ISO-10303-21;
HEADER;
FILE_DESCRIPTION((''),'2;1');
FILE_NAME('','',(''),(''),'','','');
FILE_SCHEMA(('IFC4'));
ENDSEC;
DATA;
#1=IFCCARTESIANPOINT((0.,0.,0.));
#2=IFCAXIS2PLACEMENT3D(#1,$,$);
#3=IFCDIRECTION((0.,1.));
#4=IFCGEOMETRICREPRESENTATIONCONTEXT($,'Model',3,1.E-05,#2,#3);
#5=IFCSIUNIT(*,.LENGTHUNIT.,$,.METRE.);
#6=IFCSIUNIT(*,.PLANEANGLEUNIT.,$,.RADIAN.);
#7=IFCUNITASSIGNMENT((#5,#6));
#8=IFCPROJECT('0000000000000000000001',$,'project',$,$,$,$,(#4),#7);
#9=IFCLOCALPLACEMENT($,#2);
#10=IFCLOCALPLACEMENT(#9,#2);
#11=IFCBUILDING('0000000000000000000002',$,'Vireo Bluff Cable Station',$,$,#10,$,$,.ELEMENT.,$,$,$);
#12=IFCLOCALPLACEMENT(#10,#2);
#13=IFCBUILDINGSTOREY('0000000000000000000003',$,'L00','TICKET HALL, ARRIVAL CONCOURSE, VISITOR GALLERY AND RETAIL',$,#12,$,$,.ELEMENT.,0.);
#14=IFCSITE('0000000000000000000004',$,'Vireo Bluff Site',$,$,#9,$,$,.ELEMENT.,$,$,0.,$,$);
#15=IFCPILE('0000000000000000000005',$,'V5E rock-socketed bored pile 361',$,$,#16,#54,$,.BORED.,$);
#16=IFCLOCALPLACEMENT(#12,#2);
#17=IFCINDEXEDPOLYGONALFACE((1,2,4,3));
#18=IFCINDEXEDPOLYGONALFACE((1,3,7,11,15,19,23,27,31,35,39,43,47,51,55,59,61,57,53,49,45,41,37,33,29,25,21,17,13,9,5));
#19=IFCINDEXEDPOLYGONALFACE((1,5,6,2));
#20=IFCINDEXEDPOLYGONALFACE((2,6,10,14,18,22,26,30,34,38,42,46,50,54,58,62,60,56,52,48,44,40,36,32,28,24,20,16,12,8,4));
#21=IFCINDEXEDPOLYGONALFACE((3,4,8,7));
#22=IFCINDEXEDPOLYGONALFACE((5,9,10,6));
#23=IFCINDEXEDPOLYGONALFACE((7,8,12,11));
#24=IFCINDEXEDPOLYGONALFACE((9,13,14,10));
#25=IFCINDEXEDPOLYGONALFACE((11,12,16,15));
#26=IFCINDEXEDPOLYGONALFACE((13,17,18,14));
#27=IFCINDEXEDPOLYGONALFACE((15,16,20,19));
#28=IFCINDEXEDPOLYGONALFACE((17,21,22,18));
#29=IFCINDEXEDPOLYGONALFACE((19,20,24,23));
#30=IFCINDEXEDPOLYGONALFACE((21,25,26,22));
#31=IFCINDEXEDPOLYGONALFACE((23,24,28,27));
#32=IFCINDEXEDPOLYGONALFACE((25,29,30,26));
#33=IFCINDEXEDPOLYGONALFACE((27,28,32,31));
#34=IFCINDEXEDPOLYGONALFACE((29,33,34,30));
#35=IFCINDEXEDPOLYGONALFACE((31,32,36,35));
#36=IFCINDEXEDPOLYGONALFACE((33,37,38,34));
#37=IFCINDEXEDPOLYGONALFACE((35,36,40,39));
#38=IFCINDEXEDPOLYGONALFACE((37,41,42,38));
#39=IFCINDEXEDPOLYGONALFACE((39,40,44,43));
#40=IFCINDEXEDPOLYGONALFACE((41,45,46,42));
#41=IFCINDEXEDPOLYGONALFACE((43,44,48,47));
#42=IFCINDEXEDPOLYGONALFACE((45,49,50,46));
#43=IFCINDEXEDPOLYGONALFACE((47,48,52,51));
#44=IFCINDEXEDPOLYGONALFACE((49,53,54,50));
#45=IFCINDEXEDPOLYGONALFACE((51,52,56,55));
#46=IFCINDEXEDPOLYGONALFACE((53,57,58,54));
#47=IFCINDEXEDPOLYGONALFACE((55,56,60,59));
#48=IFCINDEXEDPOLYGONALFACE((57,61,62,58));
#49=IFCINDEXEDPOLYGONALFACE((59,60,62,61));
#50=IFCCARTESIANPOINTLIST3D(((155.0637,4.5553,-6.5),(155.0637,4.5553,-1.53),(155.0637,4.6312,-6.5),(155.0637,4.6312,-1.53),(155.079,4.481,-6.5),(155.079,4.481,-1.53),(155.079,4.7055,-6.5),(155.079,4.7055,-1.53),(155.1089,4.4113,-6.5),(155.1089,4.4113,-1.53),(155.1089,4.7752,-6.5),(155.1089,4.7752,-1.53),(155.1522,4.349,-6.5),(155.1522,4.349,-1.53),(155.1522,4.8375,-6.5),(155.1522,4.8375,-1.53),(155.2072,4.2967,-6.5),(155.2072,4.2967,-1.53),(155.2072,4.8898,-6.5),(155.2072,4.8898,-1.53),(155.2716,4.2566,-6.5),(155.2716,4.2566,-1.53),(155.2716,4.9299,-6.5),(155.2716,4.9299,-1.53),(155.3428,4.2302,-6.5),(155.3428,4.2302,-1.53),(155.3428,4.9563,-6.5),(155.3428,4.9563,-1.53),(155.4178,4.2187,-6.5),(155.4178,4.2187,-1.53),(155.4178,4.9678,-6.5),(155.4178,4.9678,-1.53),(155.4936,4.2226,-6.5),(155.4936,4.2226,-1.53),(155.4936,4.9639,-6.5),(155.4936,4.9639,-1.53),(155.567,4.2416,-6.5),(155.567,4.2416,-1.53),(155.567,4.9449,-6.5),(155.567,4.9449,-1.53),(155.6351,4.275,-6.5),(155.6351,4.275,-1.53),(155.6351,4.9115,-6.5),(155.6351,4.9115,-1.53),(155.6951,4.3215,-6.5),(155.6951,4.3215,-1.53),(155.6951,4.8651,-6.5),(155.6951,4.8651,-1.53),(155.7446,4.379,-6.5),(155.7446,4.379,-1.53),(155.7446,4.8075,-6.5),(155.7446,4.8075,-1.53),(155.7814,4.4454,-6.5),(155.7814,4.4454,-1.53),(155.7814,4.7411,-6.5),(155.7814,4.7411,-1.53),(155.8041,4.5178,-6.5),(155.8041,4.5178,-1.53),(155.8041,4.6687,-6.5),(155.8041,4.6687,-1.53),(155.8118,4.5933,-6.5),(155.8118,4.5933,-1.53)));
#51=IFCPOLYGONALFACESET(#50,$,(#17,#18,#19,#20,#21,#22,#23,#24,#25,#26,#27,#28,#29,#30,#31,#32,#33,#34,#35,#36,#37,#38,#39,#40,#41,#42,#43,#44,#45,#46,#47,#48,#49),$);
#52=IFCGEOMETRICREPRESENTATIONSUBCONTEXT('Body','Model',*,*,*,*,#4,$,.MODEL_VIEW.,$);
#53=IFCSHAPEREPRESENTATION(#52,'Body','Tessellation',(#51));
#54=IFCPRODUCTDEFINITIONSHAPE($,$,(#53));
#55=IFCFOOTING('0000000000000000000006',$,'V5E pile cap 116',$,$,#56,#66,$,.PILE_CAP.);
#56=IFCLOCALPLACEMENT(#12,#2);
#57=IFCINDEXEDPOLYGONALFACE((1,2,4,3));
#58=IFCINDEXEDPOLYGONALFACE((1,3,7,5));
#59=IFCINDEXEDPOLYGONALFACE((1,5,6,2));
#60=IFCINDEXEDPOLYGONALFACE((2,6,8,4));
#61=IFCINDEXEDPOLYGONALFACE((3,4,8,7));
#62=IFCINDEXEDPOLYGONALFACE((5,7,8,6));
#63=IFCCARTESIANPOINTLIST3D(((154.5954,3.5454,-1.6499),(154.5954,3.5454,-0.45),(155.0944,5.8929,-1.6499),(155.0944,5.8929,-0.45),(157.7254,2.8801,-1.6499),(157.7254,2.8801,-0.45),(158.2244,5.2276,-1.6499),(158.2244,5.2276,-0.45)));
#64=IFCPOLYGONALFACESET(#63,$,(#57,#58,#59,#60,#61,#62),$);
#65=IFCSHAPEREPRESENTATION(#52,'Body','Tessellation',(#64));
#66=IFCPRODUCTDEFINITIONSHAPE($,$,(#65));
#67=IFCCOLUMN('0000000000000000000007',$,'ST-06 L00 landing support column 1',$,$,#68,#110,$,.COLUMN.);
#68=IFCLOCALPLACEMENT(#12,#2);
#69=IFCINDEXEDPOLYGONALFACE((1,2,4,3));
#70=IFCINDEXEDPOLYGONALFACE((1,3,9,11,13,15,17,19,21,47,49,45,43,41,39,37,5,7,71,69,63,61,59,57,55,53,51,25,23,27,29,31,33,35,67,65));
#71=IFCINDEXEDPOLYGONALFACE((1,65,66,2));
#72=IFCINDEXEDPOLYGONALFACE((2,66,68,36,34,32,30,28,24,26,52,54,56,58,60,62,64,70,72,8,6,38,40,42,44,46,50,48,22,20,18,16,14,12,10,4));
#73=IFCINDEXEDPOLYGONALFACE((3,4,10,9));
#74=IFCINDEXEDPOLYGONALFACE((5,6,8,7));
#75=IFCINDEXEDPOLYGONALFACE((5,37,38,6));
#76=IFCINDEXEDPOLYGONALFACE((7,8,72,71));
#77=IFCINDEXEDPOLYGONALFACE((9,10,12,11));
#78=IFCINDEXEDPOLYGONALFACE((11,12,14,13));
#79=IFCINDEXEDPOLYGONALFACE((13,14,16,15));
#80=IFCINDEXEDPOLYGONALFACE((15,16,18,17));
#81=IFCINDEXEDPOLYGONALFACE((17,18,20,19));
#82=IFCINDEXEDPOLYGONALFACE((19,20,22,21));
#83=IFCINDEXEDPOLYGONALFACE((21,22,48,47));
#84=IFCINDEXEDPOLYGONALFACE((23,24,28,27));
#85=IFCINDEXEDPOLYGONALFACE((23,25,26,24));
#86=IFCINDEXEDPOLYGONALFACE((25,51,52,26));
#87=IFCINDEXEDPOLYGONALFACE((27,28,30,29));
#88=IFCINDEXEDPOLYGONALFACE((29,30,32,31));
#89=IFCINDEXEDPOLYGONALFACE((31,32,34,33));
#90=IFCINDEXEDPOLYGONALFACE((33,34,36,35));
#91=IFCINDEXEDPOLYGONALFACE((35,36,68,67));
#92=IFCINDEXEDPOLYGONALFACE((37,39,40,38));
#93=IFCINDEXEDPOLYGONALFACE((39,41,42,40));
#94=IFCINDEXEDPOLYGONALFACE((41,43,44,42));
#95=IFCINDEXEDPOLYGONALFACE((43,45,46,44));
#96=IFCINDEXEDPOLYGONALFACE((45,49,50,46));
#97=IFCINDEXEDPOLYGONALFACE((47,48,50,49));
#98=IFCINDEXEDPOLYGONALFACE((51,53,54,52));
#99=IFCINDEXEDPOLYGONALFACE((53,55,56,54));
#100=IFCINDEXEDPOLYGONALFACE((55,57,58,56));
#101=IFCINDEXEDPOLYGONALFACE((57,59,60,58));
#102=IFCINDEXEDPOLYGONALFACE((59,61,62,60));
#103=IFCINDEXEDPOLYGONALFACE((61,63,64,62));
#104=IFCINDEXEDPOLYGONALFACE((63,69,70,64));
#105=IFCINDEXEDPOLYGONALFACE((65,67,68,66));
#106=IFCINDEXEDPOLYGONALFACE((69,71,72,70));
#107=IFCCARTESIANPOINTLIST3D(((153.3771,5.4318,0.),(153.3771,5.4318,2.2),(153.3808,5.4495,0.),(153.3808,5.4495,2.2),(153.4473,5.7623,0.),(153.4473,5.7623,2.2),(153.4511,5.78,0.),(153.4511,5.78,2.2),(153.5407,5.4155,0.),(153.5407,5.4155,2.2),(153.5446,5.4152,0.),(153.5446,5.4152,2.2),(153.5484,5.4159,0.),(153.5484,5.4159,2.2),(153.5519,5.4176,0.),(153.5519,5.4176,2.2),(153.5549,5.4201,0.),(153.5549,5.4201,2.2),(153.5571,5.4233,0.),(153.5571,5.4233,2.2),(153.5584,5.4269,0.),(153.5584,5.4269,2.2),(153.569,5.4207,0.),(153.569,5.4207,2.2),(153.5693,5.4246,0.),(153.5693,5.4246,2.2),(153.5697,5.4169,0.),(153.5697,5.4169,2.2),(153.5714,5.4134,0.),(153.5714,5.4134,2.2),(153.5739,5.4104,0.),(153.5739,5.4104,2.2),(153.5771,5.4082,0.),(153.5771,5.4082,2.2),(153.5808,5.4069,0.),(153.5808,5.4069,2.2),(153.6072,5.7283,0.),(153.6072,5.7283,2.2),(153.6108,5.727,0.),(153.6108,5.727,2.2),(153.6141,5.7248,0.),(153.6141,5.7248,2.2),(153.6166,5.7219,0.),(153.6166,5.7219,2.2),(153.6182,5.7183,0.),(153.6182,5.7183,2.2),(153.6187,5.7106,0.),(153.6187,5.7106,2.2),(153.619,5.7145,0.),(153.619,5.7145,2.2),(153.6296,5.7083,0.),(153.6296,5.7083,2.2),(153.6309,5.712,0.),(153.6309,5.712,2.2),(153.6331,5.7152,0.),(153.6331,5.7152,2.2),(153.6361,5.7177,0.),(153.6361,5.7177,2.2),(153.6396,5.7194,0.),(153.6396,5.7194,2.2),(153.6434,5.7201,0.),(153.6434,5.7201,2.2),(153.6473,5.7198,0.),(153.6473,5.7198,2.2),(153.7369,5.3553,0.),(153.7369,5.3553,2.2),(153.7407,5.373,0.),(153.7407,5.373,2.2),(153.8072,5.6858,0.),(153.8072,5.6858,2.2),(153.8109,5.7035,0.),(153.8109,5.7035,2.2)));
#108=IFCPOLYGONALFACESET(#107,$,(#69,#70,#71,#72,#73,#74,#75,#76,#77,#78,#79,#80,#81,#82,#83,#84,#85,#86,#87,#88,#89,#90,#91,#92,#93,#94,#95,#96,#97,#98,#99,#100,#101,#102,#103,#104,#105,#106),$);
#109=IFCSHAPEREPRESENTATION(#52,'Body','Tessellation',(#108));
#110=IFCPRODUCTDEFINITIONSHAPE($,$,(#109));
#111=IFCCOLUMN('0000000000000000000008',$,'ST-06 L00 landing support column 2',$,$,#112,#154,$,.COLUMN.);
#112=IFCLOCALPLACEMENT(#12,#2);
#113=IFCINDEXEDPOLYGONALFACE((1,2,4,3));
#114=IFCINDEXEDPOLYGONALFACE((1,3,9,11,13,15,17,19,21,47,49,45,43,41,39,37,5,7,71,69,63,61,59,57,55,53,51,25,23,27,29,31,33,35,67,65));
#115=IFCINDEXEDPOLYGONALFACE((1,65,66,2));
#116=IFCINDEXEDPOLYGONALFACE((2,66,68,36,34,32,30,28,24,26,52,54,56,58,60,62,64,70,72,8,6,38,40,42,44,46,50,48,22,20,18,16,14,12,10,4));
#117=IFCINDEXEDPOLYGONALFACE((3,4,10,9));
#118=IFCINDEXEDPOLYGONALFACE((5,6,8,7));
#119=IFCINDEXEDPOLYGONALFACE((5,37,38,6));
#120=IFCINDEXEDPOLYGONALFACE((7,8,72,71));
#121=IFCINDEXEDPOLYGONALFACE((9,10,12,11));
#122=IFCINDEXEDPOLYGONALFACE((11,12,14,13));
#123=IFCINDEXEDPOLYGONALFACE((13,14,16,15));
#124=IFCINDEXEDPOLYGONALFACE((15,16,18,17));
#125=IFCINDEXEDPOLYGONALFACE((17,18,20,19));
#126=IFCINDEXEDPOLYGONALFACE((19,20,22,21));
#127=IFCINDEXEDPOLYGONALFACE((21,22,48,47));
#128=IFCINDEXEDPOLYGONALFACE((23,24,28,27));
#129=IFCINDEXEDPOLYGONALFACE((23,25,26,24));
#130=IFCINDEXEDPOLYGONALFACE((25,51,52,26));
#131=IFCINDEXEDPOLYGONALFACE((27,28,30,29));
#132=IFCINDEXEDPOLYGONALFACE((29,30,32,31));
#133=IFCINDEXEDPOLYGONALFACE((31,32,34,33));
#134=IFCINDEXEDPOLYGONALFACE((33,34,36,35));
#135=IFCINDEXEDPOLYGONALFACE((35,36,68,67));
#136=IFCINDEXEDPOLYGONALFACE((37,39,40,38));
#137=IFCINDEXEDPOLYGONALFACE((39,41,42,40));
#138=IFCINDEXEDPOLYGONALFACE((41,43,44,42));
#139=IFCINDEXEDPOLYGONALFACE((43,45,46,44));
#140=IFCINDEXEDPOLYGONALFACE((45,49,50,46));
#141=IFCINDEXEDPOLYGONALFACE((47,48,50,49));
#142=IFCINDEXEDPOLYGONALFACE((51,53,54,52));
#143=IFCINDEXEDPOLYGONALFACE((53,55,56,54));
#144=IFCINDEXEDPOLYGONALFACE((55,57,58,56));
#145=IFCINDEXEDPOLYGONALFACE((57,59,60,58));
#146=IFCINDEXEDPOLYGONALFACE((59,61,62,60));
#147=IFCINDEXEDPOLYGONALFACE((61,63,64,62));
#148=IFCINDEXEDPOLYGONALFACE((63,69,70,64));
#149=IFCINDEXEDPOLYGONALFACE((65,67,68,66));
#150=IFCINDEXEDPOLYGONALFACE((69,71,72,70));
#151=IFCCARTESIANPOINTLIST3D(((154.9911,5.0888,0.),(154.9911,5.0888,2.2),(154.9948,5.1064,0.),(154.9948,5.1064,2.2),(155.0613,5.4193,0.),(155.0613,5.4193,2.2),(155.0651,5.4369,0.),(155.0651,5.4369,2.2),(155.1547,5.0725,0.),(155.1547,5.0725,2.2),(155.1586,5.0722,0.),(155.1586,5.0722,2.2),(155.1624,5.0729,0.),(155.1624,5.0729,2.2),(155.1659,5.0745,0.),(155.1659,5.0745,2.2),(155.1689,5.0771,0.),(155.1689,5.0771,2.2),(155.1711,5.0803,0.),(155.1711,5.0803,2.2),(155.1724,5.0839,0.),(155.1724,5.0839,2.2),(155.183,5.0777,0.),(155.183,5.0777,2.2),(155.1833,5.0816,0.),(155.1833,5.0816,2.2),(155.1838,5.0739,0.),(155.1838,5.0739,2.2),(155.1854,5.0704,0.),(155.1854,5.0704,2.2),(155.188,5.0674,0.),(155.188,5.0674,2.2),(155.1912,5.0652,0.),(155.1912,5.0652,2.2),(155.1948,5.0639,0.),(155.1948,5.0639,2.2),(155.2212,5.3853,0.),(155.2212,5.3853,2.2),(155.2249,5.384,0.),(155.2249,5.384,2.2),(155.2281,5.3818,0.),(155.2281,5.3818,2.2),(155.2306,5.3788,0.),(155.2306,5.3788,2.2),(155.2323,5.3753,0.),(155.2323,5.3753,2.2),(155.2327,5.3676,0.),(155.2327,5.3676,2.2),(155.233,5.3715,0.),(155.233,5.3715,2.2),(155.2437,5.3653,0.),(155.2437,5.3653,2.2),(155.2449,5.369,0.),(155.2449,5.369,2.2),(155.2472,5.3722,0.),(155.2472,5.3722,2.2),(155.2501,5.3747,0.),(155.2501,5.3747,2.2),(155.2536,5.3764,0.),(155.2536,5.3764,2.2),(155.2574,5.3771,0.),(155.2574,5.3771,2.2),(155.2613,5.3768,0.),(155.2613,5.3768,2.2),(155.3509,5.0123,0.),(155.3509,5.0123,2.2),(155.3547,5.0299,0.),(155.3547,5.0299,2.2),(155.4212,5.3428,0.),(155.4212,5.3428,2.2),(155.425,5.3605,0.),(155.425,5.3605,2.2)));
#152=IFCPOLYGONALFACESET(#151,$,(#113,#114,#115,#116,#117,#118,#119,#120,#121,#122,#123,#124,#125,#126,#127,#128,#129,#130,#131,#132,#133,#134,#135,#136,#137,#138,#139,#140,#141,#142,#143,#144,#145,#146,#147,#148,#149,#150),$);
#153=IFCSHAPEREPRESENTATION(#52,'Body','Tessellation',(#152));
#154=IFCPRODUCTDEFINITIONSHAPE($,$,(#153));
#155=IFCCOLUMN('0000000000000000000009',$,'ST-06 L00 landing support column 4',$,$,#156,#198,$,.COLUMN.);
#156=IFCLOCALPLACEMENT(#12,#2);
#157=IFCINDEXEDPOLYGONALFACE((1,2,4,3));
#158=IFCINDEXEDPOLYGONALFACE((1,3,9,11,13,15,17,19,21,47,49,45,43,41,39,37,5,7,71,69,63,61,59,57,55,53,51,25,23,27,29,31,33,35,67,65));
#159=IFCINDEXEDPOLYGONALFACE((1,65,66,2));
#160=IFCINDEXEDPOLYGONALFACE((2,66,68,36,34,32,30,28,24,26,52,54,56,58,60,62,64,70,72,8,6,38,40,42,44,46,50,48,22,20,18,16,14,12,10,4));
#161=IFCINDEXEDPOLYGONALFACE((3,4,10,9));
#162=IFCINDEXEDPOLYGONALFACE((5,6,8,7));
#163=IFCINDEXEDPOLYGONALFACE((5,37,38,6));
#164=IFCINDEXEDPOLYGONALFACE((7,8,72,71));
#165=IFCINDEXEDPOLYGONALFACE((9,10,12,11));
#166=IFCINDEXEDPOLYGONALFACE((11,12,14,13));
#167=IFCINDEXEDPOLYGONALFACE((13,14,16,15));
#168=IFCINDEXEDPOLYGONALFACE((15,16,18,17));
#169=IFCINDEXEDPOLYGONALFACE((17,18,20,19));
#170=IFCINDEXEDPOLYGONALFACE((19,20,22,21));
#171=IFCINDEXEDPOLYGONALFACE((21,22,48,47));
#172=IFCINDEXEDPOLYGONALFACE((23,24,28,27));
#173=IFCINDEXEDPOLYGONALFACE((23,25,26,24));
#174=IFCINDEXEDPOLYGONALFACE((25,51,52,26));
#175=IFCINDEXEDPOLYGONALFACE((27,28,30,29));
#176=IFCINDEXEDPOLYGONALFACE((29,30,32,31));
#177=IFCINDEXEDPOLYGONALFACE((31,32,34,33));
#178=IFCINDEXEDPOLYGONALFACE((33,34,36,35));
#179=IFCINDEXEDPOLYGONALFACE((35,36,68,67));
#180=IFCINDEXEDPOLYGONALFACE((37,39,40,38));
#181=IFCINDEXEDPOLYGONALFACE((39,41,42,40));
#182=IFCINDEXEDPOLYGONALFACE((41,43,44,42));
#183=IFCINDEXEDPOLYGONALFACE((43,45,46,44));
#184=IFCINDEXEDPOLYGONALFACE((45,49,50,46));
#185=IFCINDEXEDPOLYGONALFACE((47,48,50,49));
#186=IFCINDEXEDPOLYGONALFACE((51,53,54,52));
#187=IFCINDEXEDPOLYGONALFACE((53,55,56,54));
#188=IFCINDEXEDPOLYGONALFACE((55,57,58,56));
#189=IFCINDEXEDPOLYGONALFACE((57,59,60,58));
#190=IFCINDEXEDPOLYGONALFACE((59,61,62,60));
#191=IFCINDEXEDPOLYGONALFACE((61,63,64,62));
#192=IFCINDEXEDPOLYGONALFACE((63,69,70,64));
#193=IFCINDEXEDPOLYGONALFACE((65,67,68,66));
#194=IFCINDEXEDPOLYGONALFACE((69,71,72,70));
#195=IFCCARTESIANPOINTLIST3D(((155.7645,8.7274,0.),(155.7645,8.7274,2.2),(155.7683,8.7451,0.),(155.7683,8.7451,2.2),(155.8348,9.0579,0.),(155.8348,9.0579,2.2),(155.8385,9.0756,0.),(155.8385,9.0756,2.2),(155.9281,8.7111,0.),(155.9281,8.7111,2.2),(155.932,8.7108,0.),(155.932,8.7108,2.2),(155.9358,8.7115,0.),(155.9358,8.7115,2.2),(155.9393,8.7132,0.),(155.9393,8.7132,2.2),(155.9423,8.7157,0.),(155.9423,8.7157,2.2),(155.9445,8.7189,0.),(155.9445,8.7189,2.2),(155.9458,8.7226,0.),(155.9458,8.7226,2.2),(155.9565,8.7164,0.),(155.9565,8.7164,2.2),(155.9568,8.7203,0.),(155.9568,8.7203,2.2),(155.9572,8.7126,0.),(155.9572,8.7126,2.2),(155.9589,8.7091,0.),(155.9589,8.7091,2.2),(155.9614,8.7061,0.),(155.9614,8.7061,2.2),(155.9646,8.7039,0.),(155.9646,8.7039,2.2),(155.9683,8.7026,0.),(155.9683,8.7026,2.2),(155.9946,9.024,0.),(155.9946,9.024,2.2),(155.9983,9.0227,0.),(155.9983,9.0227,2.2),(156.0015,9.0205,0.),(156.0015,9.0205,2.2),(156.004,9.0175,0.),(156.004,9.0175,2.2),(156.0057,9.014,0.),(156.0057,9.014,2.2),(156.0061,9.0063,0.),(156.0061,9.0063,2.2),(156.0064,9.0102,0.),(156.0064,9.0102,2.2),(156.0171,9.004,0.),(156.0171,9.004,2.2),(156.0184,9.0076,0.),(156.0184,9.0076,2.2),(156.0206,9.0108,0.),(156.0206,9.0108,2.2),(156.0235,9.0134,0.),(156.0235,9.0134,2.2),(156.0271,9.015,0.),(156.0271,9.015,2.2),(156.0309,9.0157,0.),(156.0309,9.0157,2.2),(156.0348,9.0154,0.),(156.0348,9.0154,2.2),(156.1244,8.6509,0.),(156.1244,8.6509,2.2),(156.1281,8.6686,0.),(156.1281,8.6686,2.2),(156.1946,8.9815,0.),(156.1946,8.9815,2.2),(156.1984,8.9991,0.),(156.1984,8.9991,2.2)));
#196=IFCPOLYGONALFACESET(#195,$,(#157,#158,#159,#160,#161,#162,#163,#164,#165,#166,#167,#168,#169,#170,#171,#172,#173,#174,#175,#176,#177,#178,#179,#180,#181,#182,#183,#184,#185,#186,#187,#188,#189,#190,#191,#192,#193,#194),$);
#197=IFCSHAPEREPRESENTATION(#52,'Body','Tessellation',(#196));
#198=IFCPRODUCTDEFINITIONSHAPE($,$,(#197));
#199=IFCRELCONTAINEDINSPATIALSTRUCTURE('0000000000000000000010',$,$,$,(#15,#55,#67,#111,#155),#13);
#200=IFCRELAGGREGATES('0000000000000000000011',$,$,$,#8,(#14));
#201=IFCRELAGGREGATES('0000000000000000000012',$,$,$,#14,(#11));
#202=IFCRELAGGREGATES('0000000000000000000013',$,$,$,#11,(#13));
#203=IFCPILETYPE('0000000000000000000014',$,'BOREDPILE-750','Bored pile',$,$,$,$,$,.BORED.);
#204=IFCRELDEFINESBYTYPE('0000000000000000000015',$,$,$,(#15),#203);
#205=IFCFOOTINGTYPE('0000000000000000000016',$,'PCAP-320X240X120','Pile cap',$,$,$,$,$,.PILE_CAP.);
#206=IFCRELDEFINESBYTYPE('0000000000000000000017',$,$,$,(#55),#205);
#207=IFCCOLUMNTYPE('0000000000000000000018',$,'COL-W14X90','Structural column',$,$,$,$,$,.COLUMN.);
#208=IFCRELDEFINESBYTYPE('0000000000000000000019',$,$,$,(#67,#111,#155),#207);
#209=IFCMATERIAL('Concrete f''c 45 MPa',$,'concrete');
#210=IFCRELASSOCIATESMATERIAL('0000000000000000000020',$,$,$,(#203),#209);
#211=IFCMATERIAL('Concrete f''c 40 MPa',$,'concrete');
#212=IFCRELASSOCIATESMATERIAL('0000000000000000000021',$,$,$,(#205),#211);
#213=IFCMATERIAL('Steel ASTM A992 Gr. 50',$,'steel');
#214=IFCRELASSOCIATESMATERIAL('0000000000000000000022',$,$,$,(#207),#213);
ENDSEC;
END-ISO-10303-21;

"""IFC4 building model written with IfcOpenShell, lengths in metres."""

from ifc_helpers import new_model, si_unit, direction, frame, origin, origin_2d, place, context, subcontext, project, spatial, rectangle, circle, i_section, extrude, material, material_profile, profile_set, type_object, element, save


model = new_model("IFC4")

# Units and contexts
model_context = context("Model", 3, precision=1e-05, world=origin(), true_north=direction((0.0, 1.0)))
body_context = subcontext(model_context, "Body", "Model", "MODEL_VIEW")
ifc_project = project(units=[si_unit("LENGTHUNIT", "METRE"), si_unit("PLANEANGLEUNIT", "RADIAN")], contexts=[model_context])

# Site, building, storey
site_placement = place(None, origin())
site = spatial("IfcSite", under=ifc_project, at=site_placement, Name="Vireo Bluff Site", CompositionType="ELEMENT", RefElevation=0.0)
building_placement = place(site_placement, origin())
building = spatial("IfcBuilding", under=site, at=building_placement, Name="Vireo Bluff Cable Station", CompositionType="ELEMENT")
storey_placement = place(building_placement, origin())
storey = spatial("IfcBuildingStorey", under=building, at=storey_placement, Name="L00", Description="TICKET HALL, ARRIVAL CONCOURSE, VISITOR GALLERY AND RETAIL", CompositionType="ELEMENT", Elevation=0.0)

# Pile
ifc_material_1 = material(Name="Concrete f'c 45 MPa", Category="concrete")
ifc_material_profile_1 = material_profile(ifc_material_1, circle(Radius=0.375, at=origin_2d()), Name="BOREDPILE-750")
ifc_profile_set_1 = profile_set([ifc_material_profile_1], Name="Concrete f'c 45 MPa")
pile_type = type_object("IfcPileType", Name="BOREDPILE-750", Description="Bored pile", PredefinedType="BORED", material=ifc_profile_set_1)
pile_placement = place(storey_placement, frame((155.4368, 4.5933, -1.53), z_axis=(0.0, 0.0, -1.0), x_axis=(1.0, 0.0, 0.0)))
element("IfcPile", 1, at=pile_placement, inside=storey, type_object=pile_type, Name="V5E rock-socketed bored pile 361", PredefinedType="BORED", context=body_context, shape_type="SweptSolid", body=[
    extrude(circle(Radius=0.375, at=origin_2d()), origin(), (0.0, 0.0, 1.0), 4.97),
])

# Footing
ifc_material_2 = material(Name="Concrete f'c 40 MPa", Category="concrete")
footing_type = type_object("IfcFootingType", Name="PCAP-320X240X120", Description="Pile cap", PredefinedType="PILE_CAP", material=ifc_material_2)
footing_placement = place(storey_placement, frame((156.4099, 4.3865, -1.6499), z_axis=(0.0, 0.0, 1.0), x_axis=(0.978148, -0.207912, 0.0)))
element("IfcFooting", 2, at=footing_placement, inside=storey, type_object=footing_type, Name="V5E pile cap 116", PredefinedType="PILE_CAP", context=body_context, shape_type="SweptSolid", body=[
    extrude(rectangle(XDim=3.2, YDim=2.3999, at=origin_2d()), origin(), (0.0, 0.0, 1.0), 1.2),
])

# Columns
ifc_material_3 = material(Name="Steel ASTM A992 Gr. 50", Category="steel")
ifc_material_profile_2 = material_profile(ifc_material_3, i_section(OverallWidth=0.3679, OverallDepth=0.356, WebThickness=0.0112, FlangeThickness=0.0181, FilletRadius=0.0149, at=origin_2d()), Name="W14X90")
ifc_profile_set_2 = profile_set([ifc_material_profile_2], Name="Steel ASTM A992 Gr. 50")
column_type_1 = type_object("IfcColumnType", Name="COL-W14X90", Description="Structural column", PredefinedType="COLUMN", material=ifc_profile_set_2)
for number, where, z_axis, x_axis, name in (
    (3, (153.594, 5.5676, 0.0), (0.0, 0.0, 1.0), (0.978148, -0.207912, 0.0), "ST-06 L00 landing support column 1"),
    (4, (155.208, 5.2246, 0.0), (0.0, 0.0, 1.0), (0.978148, -0.207912, 0.0), "ST-06 L00 landing support column 2"),
    (5, (155.9814, 8.8633, 0.0), (0.0, 0.0, 1.0), (0.978148, -0.207912, 0.0), "ST-06 L00 landing support column 4"),
):
    element("IfcColumn", number, at=place(storey_placement, frame(where, z_axis=z_axis, x_axis=x_axis)), inside=storey, type_object=column_type_1, Name=name, PredefinedType="COLUMN", context=body_context, shape_type="SweptSolid", body=[
        extrude(i_section(OverallWidth=0.3679, OverallDepth=0.356, WebThickness=0.0112, FlangeThickness=0.0181, FilletRadius=0.0149, at=origin_2d()), origin(), (0.0, 0.0, 1.0), 2.2),
    ])

save(model, "model.ifc")
